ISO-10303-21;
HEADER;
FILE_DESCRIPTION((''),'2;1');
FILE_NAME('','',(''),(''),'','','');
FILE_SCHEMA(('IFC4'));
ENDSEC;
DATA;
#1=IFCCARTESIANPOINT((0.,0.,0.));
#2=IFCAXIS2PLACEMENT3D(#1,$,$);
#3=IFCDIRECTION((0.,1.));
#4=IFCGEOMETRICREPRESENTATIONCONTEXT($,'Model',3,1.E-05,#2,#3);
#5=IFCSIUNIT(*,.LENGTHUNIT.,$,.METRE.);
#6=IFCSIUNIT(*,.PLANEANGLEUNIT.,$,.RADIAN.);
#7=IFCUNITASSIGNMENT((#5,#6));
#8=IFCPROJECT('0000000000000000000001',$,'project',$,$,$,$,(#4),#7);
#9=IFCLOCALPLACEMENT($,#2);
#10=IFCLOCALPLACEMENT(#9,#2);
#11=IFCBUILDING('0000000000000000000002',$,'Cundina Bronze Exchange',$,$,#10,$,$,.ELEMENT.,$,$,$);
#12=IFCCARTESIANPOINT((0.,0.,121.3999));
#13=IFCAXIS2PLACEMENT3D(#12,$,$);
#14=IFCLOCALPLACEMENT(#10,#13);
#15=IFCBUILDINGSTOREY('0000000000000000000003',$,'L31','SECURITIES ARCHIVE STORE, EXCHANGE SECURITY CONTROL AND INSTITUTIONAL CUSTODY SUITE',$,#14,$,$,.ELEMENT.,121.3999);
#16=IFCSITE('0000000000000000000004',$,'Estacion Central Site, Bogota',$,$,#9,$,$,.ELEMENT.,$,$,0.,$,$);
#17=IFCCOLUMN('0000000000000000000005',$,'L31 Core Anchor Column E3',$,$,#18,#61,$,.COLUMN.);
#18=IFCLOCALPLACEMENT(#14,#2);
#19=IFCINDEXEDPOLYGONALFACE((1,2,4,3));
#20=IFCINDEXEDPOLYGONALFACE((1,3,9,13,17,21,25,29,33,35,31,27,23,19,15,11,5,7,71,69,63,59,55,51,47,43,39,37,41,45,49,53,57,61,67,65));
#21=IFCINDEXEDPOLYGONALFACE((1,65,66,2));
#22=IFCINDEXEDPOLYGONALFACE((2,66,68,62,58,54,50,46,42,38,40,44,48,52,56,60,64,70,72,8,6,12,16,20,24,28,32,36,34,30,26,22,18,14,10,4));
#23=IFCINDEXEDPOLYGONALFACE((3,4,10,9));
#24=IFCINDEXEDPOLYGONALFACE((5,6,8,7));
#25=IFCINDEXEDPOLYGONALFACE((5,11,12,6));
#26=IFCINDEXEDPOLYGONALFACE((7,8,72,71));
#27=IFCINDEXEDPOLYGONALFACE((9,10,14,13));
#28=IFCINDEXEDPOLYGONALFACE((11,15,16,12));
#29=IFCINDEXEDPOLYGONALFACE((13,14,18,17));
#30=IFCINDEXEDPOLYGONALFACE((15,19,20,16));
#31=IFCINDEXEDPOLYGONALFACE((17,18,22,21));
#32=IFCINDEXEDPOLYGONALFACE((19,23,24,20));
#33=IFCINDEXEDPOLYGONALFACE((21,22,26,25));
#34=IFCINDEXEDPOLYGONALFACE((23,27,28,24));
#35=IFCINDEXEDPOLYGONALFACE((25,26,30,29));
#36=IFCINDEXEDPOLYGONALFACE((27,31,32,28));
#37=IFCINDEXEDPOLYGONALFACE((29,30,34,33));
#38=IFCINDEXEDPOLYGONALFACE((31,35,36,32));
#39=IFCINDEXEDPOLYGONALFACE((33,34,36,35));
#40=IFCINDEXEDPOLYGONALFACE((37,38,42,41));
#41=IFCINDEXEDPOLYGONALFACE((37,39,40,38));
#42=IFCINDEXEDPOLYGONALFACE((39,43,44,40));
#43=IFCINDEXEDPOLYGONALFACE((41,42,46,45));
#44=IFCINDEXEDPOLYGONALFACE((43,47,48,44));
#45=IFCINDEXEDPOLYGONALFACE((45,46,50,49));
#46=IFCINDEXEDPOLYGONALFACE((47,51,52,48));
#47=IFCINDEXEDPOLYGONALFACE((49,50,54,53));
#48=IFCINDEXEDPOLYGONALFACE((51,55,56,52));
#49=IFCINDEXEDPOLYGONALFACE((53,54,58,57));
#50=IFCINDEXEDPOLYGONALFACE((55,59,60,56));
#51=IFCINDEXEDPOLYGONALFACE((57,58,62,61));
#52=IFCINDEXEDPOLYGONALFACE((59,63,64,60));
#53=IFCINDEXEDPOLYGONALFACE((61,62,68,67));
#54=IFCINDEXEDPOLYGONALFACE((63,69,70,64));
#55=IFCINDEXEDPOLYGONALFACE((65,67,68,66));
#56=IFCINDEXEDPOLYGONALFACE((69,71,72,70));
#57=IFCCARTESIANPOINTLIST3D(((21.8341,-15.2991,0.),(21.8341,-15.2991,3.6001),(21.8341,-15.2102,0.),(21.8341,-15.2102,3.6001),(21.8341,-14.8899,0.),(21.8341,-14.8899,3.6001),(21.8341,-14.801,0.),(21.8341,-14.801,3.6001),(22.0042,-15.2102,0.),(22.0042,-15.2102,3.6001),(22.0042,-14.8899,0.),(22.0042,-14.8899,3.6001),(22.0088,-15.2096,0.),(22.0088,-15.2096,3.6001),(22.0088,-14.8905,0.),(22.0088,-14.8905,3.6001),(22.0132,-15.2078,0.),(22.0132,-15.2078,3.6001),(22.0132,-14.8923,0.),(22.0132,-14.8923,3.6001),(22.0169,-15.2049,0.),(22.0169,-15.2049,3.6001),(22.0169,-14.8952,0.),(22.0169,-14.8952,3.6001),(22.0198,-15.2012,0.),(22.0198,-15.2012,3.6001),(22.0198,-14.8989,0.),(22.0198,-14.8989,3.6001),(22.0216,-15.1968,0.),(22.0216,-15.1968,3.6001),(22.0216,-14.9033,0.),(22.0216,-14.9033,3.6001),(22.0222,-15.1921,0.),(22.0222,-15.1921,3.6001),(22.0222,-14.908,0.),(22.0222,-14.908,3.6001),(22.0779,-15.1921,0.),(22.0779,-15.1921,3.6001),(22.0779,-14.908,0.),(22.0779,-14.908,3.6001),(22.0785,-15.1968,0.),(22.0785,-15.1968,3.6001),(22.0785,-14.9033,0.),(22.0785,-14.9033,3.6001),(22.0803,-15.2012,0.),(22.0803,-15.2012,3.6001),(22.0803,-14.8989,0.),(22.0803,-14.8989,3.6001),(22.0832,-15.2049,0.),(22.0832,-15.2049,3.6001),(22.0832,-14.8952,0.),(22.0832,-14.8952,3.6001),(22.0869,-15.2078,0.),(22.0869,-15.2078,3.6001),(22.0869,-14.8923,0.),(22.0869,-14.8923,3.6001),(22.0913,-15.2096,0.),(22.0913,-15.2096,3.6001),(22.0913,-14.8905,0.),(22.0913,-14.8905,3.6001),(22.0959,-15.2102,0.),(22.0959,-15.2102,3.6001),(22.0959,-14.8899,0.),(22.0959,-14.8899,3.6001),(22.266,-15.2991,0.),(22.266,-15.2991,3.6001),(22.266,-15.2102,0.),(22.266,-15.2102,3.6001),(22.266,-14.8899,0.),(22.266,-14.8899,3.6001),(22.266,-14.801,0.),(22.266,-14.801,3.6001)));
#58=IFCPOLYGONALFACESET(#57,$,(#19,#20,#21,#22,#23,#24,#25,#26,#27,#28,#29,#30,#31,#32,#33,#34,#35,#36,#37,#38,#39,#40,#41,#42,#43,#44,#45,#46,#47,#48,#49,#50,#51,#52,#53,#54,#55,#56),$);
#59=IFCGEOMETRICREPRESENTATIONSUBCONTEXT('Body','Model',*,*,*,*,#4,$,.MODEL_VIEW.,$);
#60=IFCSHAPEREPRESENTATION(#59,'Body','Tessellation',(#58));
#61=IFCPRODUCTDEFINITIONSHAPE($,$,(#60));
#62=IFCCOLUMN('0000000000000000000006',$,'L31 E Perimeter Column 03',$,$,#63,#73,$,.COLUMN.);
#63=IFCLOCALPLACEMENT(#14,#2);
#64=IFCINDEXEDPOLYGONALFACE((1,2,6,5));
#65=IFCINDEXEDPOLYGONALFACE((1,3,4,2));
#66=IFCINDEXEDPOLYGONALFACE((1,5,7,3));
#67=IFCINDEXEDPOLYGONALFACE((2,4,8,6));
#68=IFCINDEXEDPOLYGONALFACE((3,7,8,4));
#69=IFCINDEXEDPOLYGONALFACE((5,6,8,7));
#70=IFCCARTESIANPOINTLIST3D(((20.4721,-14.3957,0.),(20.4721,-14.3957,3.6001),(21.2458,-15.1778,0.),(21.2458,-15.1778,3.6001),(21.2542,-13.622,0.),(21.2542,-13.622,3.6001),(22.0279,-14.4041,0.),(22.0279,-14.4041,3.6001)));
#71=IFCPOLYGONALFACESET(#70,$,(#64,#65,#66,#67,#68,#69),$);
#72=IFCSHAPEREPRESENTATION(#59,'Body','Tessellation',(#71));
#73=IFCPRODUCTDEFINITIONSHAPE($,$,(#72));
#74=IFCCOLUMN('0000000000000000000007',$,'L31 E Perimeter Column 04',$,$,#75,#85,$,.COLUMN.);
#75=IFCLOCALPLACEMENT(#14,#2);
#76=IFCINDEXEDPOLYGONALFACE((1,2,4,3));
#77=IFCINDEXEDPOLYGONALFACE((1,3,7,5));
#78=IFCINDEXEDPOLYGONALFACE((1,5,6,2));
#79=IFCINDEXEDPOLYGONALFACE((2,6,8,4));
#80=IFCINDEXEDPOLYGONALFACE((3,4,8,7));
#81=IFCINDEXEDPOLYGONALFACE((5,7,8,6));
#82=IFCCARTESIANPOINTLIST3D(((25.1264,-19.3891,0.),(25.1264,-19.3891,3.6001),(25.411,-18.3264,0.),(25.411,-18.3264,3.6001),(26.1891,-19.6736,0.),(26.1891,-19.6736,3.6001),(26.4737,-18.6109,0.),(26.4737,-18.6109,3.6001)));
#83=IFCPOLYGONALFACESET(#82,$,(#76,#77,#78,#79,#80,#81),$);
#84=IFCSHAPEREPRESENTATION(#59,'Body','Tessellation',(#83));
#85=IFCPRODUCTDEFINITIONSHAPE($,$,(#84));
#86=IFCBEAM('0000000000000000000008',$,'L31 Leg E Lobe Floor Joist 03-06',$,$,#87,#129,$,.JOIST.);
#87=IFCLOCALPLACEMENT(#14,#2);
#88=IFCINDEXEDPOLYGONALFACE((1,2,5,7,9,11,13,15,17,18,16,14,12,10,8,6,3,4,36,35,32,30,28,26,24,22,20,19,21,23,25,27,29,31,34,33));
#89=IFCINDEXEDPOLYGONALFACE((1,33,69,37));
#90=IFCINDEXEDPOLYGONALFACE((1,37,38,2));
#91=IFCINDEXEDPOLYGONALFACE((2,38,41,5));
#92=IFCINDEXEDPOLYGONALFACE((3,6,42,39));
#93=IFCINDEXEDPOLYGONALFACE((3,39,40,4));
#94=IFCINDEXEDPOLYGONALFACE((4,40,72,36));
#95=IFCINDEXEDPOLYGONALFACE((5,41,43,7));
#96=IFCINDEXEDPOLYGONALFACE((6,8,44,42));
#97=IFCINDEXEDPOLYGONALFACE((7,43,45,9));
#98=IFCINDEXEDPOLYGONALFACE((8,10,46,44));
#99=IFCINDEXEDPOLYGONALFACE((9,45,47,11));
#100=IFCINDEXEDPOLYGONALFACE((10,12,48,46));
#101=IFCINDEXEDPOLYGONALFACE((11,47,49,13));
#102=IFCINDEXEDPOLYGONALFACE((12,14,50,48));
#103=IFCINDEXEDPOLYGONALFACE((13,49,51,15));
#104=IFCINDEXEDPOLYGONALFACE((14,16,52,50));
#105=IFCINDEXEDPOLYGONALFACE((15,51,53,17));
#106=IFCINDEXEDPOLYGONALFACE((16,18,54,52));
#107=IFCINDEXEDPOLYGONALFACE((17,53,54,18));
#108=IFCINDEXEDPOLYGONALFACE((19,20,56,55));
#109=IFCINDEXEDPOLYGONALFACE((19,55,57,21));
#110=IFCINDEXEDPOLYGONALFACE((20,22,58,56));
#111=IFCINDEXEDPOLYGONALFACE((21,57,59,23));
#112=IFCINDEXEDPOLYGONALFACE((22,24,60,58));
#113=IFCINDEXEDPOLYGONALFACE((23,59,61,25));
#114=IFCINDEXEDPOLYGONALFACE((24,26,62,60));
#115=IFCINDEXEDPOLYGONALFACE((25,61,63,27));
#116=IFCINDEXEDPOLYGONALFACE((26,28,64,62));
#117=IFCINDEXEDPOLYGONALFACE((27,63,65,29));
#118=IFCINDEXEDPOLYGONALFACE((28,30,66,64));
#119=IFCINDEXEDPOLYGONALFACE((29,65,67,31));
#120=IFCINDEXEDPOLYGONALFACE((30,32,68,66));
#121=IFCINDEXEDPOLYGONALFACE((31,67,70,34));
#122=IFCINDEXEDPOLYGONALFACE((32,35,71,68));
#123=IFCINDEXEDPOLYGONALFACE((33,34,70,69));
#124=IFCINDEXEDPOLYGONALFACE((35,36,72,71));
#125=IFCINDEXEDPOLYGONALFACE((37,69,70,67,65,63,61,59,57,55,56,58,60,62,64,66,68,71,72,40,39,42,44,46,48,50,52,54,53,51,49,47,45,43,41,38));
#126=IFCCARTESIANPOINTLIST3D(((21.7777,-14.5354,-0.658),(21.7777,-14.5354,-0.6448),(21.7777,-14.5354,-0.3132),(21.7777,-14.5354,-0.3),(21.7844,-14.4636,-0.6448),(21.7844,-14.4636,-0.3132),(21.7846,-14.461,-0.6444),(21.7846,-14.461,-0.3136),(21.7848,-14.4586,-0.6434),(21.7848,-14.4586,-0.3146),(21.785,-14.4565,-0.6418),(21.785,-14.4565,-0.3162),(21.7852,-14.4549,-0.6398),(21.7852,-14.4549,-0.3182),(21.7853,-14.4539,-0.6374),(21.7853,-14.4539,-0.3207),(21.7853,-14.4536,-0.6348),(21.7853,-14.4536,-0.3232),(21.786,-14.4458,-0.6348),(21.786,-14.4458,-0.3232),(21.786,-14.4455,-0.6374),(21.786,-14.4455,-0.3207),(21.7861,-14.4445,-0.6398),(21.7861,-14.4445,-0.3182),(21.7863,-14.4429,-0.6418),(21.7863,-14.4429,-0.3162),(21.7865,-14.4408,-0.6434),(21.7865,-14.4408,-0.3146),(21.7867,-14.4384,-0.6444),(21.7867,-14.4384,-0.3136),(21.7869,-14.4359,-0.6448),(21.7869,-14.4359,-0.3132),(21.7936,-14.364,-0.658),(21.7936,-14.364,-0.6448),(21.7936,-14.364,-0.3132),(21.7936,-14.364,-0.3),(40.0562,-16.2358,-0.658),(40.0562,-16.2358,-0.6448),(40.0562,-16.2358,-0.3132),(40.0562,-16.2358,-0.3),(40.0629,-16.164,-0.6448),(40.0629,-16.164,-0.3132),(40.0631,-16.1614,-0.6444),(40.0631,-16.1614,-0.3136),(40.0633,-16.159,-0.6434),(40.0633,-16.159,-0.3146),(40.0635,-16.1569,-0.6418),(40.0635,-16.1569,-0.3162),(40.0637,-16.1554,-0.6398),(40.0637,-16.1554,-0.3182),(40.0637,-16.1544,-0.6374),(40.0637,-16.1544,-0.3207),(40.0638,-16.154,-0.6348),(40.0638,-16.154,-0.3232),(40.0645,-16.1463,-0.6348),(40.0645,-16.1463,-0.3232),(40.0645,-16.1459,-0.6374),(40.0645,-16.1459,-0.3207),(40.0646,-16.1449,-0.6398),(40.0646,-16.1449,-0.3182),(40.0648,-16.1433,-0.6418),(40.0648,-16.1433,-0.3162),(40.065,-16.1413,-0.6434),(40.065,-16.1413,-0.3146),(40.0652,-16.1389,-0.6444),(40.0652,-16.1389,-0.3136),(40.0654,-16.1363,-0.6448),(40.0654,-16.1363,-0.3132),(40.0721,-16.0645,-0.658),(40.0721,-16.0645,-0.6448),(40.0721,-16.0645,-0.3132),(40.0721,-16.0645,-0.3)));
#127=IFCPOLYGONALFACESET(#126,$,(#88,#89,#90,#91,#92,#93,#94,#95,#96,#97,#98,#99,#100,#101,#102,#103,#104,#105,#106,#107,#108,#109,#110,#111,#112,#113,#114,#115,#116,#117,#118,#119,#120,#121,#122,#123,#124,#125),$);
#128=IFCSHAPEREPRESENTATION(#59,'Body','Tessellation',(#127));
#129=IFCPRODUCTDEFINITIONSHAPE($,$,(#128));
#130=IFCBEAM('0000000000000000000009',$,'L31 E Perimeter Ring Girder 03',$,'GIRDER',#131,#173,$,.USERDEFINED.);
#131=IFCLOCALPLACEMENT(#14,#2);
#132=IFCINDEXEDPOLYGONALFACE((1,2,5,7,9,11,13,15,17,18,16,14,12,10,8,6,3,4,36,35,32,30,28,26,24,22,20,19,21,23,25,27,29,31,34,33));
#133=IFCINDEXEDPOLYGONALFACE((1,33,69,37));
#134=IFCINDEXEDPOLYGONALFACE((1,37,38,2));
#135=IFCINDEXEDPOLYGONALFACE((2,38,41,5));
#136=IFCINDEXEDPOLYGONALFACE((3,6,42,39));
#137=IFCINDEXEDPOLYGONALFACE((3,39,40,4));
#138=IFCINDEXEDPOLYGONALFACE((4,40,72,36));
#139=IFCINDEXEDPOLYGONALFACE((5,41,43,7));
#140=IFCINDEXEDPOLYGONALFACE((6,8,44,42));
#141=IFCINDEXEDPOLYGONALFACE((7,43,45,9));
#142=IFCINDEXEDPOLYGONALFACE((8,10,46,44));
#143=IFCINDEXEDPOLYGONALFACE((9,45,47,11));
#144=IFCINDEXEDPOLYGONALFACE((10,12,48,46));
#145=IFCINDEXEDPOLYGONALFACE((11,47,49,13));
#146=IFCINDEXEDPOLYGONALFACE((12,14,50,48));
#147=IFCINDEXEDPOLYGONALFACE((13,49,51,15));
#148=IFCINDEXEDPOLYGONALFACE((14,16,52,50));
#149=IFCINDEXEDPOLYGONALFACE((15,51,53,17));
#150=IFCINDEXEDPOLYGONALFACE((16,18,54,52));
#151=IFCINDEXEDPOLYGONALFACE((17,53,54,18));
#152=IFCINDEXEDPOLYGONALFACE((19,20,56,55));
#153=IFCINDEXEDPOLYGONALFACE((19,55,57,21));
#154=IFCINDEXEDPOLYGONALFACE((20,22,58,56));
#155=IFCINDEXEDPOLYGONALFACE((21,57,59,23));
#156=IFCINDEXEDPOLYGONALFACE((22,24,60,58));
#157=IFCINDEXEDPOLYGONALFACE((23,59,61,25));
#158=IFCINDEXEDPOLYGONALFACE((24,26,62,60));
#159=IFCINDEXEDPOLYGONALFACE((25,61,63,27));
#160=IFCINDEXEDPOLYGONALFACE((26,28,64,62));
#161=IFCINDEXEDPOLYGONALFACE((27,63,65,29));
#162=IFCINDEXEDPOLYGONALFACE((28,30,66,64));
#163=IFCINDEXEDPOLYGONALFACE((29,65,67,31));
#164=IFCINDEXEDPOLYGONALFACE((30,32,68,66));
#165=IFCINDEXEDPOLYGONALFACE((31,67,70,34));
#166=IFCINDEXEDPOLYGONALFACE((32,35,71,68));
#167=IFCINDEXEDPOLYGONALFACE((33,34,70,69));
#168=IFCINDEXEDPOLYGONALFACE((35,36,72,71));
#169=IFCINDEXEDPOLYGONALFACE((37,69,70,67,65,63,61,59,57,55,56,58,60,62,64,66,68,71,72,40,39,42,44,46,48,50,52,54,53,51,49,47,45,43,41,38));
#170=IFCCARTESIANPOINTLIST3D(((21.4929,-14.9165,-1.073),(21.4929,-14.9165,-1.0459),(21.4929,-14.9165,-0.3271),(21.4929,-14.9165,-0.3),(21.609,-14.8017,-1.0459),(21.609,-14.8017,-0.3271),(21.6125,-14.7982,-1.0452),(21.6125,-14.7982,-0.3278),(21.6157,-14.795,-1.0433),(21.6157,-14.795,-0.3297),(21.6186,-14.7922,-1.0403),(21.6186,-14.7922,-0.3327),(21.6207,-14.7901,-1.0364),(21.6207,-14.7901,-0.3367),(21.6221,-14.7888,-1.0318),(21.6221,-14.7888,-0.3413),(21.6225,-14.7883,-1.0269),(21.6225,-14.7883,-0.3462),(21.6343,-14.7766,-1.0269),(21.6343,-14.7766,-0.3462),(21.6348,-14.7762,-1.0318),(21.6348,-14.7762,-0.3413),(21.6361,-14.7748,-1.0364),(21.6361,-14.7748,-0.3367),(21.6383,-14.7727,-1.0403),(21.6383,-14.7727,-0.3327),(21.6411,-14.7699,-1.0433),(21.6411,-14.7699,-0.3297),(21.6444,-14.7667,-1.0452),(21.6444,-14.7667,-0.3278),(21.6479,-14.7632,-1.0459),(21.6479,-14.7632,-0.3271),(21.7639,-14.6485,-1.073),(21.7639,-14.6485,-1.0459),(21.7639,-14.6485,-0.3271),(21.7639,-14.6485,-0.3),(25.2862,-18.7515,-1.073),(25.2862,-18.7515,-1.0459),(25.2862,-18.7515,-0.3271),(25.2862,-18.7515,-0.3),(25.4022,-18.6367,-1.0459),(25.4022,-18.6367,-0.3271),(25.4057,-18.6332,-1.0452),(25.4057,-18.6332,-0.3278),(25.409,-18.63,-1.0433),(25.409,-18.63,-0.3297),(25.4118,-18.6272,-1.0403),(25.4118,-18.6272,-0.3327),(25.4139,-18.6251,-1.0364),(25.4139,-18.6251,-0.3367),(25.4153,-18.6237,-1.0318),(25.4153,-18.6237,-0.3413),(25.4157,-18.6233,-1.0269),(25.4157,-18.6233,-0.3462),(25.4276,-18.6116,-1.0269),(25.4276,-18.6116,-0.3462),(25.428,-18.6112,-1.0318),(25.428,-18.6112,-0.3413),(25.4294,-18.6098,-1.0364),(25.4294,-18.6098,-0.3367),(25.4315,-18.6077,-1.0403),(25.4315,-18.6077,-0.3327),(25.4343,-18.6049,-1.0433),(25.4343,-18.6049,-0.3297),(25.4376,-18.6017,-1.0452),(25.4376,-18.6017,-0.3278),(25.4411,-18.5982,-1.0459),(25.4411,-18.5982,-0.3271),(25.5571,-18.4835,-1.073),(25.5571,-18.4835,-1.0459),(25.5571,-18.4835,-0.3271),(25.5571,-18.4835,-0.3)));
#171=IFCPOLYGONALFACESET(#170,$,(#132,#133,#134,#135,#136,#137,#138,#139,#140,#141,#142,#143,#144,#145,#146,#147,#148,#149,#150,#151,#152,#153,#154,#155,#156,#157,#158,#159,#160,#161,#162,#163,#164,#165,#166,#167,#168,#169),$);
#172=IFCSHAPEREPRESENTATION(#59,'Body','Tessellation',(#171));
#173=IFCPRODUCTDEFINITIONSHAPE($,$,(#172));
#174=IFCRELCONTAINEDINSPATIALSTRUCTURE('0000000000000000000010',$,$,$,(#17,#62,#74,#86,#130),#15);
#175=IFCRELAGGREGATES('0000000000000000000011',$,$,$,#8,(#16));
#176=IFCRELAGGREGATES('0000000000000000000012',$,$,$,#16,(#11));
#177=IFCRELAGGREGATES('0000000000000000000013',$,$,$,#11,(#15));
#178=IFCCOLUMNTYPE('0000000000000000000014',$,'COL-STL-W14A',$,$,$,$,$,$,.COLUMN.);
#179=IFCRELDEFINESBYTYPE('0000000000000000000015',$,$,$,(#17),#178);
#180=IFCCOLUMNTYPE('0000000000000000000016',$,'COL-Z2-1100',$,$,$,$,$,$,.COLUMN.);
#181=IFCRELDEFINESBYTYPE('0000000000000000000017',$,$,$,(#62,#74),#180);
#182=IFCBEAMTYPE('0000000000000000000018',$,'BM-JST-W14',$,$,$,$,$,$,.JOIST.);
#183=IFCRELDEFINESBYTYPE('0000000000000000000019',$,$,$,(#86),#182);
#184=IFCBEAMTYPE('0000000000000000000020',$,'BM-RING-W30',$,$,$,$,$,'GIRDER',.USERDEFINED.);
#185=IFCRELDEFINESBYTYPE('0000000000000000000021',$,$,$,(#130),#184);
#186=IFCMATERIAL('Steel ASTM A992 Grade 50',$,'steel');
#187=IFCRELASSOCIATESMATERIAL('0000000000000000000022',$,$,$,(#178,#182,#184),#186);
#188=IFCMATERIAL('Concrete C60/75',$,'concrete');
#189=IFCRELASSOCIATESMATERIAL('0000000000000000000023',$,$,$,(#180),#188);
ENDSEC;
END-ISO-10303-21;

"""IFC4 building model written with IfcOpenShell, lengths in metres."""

from ifc_helpers import new_model, si_unit, direction, frame, origin, origin_2d, place, context, subcontext, project, spatial, rectangle, i_section, extrude, material, material_profile, profile_set, type_object, element, save


model = new_model("IFC4")

# Units and contexts
model_context = context("Model", 3, precision=1e-05, world=origin(), true_north=direction((0.0, 1.0)))
body_context = subcontext(model_context, "Body", "Model", "MODEL_VIEW")
ifc_project = project(units=[si_unit("LENGTHUNIT", "METRE"), si_unit("PLANEANGLEUNIT", "RADIAN")], contexts=[model_context])

# Site, building, storey
site_placement = place(None, origin())
site = spatial("IfcSite", under=ifc_project, at=site_placement, Name="Estacion Central Site, Bogota", CompositionType="ELEMENT", RefElevation=0.0)
building_placement = place(site_placement, origin())
building = spatial("IfcBuilding", under=site, at=building_placement, Name="Cundina Bronze Exchange", CompositionType="ELEMENT")
storey_placement = place(building_placement, frame((0.0, 0.0, 121.3999)))
storey = spatial("IfcBuildingStorey", under=building, at=storey_placement, Name="L31", Description="SECURITIES ARCHIVE STORE, EXCHANGE SECURITY CONTROL AND INSTITUTIONAL CUSTODY SUITE", CompositionType="ELEMENT", Elevation=121.3999)

# Columns
ifc_material_1 = material(Name="Steel ASTM A992 Grade 50", Category="steel")
ifc_material_profile_1 = material_profile(ifc_material_1, i_section(OverallWidth=0.4319, OverallDepth=0.498, WebThickness=0.0557, FlangeThickness=0.0889, FilletRadius=0.0181, at=origin_2d()), Name="W14X500", Category="steel")
ifc_profile_set_1 = profile_set([ifc_material_profile_1], Name="Steel ASTM A992 Grade 50")
column_type_1 = type_object("IfcColumnType", Name="COL-STL-W14A", PredefinedType="COLUMN", material=ifc_profile_set_1)
column_placement = place(storey_placement, frame((22.05, -15.05, 0.0), z_axis=(0.0, 0.0, 1.0), x_axis=(1.0, 0.0, 0.0)))
element("IfcColumn", 1, at=column_placement, inside=storey, type_object=column_type_1, Name="L31 Core Anchor Column E3", PredefinedType="COLUMN", context=body_context, shape_type="SweptSolid", body=[
    extrude(i_section(OverallWidth=0.4319, OverallDepth=0.498, WebThickness=0.0557, FlangeThickness=0.0889, FilletRadius=0.0181, at=origin_2d()), origin(), (0.0, 0.0, 1.0), 3.6001),
])
ifc_material_2 = material(Name="Concrete C60/75", Category="concrete")
ifc_material_profile_2 = material_profile(ifc_material_2, rectangle(XDim=1.1001, YDim=1.1001, at=origin_2d()), Name="RC1100X1100", Category="concrete")
ifc_profile_set_2 = profile_set([ifc_material_profile_2], Name="Concrete C60/75")
column_type_2 = type_object("IfcColumnType", Name="COL-Z2-1100", PredefinedType="COLUMN", material=ifc_profile_set_2)
for number, where, z_axis, x_axis, name in (
    (2, (21.25, -14.3999, 0.0), (0.0, 0.0, 1.0), (0.703271, -0.710922, 0.0), "L31 E Perimeter Column 03"),
    (3, (25.8, -19.0, 0.0), (0.0, 0.0, 1.0), (0.965971, -0.25865, 0.0), "L31 E Perimeter Column 04"),
):
    element("IfcColumn", number, at=place(storey_placement, frame(where, z_axis=z_axis, x_axis=x_axis)), inside=storey, type_object=column_type_2, Name=name, PredefinedType="COLUMN", context=body_context, shape_type="SweptSolid", body=[
        extrude(rectangle(XDim=1.1001, YDim=1.1001, at=origin_2d()), origin(), (0.0, 0.0, 1.0), 3.6001),
    ])

# Beams
ifc_material_profile_3 = material_profile(ifc_material_1, i_section(OverallWidth=0.1721, OverallDepth=0.3579, WebThickness=0.0078, FlangeThickness=0.0132, FilletRadius=0.01, at=origin_2d()), Name="W14X38", Category="steel")
ifc_profile_set_3 = profile_set([ifc_material_profile_3], Name="Steel ASTM A992 Grade 50")
beam_type_1 = type_object("IfcBeamType", Name="BM-JST-W14", PredefinedType="JOIST", material=ifc_profile_set_3)
beam_1_placement = place(storey_placement, frame((21.7856, -14.4497, -0.479), z_axis=(0.995701, -0.092629, 0.0), x_axis=(0.092629, 0.995701, 0.0)))
element("IfcBeam", 4, at=beam_1_placement, inside=storey, type_object=beam_type_1, Name="L31 Leg E Lobe Floor Joist 03-06", PredefinedType="JOIST", context=body_context, shape_type="SweptSolid", body=[
    extrude(i_section(OverallWidth=0.1721, OverallDepth=0.3579, WebThickness=0.0078, FlangeThickness=0.0132, FilletRadius=0.01, at=origin_2d()), origin(), (0.0, 0.0, 1.0), 18.3574),
])
ifc_material_profile_4 = material_profile(ifc_material_1, i_section(OverallWidth=0.3811, OverallDepth=0.7729, WebThickness=0.0166, FlangeThickness=0.0271, FilletRadius=0.019, at=origin_2d()), Name="W30X173", Category="steel")
ifc_profile_set_4 = profile_set([ifc_material_profile_4], Name="Steel ASTM A992 Grade 50")
beam_type_2 = type_object("IfcBeamType", Name="BM-RING-W30", ElementType="GIRDER", PredefinedType="USERDEFINED", material=ifc_profile_set_4)
beam_2_placement = place(storey_placement, frame((21.6284, -14.7825, -0.6865), z_axis=(0.703226, -0.710966, 0.0), x_axis=(0.710966, 0.703226, 0.0)))
element("IfcBeam", 5, at=beam_2_placement, inside=storey, type_object=beam_type_2, Name="L31 E Perimeter Ring Girder 03", ObjectType="GIRDER", PredefinedType="USERDEFINED", context=body_context, shape_type="SweptSolid", body=[
    extrude(i_section(OverallWidth=0.3811, OverallDepth=0.7729, WebThickness=0.0166, FlangeThickness=0.0271, FilletRadius=0.019, at=origin_2d()), origin(), (0.0, 0.0, 1.0), 5.394),
])

save(model, "model.ifc")
